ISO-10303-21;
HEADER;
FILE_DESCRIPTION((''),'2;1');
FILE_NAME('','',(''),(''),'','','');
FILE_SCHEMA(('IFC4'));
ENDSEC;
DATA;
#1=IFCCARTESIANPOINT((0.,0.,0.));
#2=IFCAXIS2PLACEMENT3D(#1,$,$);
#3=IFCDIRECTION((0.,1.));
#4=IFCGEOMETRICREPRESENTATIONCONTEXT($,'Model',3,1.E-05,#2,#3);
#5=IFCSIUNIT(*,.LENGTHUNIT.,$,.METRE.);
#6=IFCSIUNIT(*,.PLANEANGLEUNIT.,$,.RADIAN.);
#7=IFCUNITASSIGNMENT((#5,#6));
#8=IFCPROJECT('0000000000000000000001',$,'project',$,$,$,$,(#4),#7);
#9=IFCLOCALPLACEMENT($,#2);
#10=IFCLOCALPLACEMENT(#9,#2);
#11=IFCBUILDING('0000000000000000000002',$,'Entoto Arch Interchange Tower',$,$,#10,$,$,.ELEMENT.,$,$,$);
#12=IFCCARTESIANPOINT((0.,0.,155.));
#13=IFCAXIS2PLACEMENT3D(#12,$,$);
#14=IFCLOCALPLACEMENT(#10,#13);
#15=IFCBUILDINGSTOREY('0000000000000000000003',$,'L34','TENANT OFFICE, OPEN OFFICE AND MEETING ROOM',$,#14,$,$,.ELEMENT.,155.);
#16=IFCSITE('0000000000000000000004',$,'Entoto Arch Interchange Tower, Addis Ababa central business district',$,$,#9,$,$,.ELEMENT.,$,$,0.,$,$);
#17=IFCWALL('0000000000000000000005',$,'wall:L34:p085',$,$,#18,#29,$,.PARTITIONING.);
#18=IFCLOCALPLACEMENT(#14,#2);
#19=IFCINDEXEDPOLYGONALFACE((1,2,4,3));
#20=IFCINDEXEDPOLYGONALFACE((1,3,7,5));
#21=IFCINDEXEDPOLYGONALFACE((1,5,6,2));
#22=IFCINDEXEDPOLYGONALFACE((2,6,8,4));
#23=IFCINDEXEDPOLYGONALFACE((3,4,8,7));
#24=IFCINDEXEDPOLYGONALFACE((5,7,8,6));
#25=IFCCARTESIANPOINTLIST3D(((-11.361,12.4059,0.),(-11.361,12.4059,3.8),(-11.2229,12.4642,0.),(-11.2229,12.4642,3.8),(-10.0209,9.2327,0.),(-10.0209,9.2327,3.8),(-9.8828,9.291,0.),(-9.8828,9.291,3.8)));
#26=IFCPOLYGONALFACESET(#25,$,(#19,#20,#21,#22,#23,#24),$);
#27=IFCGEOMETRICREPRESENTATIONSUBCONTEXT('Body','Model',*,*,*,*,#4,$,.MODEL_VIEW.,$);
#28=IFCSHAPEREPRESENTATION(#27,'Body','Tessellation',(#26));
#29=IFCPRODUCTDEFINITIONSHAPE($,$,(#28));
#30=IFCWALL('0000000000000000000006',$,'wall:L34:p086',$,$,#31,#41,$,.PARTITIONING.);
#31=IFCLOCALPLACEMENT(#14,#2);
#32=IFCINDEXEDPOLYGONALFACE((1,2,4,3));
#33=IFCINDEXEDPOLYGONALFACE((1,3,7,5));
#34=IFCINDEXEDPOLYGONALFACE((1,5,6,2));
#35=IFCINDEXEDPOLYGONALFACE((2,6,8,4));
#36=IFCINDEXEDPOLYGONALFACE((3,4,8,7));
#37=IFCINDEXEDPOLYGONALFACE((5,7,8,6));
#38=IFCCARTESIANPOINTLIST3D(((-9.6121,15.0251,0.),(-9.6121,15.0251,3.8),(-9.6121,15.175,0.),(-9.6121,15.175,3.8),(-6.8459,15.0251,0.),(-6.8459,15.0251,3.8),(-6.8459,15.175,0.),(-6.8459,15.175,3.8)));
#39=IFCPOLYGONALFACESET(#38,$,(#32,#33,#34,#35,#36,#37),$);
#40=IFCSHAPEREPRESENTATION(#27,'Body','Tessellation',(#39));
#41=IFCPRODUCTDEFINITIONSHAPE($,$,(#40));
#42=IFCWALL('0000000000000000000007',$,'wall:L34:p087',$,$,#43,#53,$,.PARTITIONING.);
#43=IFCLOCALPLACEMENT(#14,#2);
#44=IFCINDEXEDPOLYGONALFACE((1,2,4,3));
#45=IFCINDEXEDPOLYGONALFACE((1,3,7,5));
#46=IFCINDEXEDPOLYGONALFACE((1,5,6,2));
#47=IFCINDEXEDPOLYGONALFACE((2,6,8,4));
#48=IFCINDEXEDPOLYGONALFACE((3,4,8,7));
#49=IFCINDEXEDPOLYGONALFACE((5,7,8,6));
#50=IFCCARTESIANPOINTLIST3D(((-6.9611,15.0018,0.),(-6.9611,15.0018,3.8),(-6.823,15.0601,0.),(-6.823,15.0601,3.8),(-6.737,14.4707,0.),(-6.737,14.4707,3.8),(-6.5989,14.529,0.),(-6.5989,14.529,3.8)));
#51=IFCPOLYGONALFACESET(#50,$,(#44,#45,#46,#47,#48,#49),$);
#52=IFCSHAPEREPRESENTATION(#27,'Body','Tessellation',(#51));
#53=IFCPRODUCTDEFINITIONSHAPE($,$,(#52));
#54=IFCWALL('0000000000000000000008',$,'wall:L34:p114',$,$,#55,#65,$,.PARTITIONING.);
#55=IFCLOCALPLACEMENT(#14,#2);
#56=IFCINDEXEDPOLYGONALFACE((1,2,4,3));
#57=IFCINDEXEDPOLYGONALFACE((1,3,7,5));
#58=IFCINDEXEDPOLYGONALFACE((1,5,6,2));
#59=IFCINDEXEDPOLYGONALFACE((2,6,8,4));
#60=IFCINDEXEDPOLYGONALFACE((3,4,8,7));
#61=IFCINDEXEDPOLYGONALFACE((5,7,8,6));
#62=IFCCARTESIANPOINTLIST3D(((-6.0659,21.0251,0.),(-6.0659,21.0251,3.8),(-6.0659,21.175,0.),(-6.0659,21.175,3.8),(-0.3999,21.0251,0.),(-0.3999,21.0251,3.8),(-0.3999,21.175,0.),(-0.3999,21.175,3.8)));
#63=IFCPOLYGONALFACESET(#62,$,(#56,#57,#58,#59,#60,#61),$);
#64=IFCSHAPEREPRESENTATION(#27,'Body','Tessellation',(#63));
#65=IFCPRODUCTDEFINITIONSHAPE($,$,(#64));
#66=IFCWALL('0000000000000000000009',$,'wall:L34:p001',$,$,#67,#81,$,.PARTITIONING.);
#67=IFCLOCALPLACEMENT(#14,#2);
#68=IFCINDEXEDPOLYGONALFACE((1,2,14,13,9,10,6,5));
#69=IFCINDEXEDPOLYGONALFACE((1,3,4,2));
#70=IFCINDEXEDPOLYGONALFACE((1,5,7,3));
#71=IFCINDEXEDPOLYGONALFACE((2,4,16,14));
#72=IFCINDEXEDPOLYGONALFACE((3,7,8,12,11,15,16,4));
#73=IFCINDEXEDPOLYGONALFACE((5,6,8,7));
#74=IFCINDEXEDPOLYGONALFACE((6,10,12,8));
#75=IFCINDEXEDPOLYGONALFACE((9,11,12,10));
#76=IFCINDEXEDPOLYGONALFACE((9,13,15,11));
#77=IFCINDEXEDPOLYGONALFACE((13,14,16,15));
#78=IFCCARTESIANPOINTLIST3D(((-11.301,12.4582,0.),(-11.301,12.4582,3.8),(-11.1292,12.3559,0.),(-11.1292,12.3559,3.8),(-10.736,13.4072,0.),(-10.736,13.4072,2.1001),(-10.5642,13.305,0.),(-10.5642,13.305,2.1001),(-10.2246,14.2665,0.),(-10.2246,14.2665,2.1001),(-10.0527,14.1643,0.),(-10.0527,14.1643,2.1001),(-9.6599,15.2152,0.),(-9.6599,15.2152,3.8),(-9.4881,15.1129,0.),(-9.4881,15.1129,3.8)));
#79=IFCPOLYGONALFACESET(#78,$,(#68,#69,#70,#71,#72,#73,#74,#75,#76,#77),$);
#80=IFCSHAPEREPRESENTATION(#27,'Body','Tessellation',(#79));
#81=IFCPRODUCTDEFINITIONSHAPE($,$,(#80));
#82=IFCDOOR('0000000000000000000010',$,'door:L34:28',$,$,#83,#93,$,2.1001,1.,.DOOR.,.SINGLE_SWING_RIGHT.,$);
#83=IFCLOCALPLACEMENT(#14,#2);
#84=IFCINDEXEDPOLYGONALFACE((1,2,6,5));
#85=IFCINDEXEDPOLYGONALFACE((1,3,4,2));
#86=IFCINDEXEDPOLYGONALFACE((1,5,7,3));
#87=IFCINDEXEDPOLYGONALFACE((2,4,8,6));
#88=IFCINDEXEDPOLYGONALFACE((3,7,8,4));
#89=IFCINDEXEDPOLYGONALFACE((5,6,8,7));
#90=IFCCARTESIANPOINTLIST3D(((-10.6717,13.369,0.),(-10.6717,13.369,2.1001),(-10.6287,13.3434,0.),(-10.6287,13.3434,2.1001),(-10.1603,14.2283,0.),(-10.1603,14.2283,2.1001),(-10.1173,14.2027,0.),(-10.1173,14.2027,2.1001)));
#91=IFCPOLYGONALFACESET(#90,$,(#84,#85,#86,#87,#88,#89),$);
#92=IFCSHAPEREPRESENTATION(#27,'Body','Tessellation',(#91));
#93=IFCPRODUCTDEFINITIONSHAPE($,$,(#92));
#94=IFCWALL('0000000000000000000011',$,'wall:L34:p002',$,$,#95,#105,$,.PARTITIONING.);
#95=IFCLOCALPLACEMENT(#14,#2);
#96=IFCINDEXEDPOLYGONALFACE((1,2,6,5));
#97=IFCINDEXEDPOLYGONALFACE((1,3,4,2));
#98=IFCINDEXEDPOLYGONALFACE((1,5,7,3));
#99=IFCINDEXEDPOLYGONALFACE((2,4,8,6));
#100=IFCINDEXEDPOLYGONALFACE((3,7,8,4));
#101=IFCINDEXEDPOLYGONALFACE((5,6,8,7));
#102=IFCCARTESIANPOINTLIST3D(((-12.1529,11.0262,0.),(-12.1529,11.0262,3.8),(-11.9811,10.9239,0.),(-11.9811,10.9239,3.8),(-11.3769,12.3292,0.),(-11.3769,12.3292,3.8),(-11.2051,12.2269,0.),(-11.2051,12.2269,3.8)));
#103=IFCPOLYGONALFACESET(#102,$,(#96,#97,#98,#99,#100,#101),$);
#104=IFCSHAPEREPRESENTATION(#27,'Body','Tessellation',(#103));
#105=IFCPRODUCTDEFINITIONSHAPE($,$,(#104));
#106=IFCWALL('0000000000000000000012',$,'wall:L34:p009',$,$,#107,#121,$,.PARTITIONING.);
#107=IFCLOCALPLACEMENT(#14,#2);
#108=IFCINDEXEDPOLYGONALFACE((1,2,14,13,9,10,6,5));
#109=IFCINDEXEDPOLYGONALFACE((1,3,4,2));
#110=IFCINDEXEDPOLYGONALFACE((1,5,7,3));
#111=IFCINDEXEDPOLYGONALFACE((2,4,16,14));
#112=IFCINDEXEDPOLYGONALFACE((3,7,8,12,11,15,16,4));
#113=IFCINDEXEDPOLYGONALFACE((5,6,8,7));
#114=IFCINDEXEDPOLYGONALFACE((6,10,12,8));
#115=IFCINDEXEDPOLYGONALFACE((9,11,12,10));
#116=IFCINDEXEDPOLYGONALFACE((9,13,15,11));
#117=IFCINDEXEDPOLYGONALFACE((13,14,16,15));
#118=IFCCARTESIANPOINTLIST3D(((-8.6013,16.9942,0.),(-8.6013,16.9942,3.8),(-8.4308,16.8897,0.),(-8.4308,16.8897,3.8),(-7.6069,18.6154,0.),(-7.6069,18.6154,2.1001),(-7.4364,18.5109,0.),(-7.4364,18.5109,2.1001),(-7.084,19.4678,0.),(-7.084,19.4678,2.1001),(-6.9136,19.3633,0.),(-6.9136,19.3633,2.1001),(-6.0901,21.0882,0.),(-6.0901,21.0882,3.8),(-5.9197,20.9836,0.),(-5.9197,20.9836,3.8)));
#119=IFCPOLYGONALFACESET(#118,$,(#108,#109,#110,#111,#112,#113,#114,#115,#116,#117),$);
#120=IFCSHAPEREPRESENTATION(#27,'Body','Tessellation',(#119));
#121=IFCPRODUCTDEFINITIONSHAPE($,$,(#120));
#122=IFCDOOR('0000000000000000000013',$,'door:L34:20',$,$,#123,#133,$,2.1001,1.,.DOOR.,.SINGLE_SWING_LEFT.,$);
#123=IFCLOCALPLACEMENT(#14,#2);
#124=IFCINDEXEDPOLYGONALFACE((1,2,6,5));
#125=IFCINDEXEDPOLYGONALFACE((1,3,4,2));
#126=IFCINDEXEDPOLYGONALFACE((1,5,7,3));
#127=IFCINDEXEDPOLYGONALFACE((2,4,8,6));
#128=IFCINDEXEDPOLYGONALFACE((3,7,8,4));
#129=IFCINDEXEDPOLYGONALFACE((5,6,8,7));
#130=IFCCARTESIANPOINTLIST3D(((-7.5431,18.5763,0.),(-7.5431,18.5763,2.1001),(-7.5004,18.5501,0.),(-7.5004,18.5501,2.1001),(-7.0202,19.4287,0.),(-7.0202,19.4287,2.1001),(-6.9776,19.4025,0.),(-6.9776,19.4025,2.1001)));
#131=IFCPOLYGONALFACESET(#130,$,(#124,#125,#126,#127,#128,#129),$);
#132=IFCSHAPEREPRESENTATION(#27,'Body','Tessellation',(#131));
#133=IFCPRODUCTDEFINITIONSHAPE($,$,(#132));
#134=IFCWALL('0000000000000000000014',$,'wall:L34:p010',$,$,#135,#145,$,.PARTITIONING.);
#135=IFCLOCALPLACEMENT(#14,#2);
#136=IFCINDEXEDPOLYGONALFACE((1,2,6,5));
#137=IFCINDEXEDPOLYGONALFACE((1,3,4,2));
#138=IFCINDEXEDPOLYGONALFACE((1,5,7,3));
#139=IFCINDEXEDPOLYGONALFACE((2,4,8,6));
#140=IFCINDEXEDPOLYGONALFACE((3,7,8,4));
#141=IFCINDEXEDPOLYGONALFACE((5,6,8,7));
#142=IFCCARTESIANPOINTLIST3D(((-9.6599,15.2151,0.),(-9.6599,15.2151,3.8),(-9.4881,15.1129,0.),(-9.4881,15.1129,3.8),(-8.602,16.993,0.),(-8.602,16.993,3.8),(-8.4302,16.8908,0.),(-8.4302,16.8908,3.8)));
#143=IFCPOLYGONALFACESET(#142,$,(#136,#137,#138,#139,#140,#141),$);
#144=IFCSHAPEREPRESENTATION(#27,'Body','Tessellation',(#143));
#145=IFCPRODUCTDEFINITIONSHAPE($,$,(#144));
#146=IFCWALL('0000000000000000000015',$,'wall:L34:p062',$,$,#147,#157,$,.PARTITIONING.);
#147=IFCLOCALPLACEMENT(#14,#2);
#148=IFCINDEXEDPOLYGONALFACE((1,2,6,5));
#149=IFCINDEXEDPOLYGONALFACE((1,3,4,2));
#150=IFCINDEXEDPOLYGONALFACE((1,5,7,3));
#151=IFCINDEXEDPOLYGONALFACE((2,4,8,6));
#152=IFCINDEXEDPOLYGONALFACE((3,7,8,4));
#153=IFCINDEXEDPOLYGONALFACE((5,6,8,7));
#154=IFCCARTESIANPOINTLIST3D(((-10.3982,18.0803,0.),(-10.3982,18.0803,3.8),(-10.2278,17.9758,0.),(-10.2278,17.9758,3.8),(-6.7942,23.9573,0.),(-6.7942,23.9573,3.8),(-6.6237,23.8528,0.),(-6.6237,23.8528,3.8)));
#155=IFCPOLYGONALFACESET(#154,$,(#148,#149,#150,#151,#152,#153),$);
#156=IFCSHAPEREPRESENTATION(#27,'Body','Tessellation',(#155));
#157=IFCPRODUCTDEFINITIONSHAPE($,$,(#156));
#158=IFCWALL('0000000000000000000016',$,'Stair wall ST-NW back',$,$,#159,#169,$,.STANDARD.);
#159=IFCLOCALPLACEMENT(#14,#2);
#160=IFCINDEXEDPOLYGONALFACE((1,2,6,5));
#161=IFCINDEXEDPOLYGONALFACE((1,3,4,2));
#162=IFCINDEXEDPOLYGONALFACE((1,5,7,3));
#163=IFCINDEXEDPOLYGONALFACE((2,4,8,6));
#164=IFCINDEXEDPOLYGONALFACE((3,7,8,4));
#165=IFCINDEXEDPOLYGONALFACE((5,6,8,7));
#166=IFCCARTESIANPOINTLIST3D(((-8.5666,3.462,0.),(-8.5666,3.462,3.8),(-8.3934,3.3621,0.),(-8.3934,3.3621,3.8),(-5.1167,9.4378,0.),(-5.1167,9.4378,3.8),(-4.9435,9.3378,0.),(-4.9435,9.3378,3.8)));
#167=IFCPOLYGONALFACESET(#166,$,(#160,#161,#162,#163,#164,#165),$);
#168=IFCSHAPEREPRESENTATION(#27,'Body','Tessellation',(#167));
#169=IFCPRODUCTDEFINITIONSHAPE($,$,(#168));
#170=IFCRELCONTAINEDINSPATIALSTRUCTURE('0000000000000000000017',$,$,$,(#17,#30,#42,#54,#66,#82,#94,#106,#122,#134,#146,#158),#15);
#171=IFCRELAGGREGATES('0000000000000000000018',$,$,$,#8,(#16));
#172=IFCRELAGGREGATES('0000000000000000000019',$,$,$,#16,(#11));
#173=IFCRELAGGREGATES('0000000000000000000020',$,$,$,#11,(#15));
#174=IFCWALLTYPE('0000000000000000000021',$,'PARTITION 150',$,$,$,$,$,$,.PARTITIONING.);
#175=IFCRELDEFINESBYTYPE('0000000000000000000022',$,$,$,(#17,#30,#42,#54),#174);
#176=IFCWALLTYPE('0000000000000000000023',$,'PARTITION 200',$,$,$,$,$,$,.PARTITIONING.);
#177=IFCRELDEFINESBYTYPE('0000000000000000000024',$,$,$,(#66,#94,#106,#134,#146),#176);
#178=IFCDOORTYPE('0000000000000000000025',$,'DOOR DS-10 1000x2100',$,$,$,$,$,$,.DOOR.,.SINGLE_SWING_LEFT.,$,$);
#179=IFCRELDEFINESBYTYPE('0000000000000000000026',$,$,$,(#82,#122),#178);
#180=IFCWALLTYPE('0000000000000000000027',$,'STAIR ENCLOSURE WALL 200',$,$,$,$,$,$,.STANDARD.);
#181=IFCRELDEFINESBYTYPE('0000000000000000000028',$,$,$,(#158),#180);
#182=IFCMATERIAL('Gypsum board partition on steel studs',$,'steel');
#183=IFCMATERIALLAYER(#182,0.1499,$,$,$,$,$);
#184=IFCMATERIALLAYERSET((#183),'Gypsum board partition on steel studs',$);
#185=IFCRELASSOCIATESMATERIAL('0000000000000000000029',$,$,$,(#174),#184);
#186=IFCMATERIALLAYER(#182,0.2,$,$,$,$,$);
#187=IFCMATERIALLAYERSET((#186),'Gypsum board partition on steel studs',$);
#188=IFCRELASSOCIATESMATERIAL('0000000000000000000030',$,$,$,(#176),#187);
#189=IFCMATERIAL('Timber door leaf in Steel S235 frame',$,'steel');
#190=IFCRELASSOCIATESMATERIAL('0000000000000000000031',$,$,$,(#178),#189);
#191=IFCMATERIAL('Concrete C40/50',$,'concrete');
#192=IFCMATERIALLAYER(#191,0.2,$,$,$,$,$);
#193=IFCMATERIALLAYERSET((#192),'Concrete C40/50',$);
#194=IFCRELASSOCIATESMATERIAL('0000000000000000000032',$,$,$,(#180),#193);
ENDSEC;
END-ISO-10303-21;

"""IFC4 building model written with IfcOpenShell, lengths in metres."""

from ifc_helpers import new_model, si_unit, direction, frame, frame_2d, origin, place, context, subcontext, project, spatial, rectangle, extrude, material, layer, layer_set, type_object, element, fill, save


model = new_model("IFC4")

# Units and contexts
model_context = context("Model", 3, precision=1e-05, world=origin(), true_north=direction((0.0, 1.0)))
body_context = subcontext(model_context, "Body", "Model", "MODEL_VIEW")
ifc_project = project(units=[si_unit("LENGTHUNIT", "METRE"), si_unit("PLANEANGLEUNIT", "RADIAN")], contexts=[model_context])

# Site, building, storey
site_placement = place(None, origin())
site = spatial("IfcSite", under=ifc_project, at=site_placement, Name="Entoto Arch Interchange Tower, Addis Ababa central business district", CompositionType="ELEMENT", RefElevation=0.0)
building_placement = place(site_placement, origin())
building = spatial("IfcBuilding", under=site, at=building_placement, Name="Entoto Arch Interchange Tower", CompositionType="ELEMENT")
storey_placement = place(building_placement, frame((0.0, 0.0, 155.0)))
storey = spatial("IfcBuildingStorey", under=building, at=storey_placement, Name="L34", Description="TENANT OFFICE, OPEN OFFICE AND MEETING ROOM", CompositionType="ELEMENT", Elevation=155.0)

# Walls
ifc_material_1 = material(Name="Gypsum board partition on steel studs", Category="steel")
ifc_layer_1 = layer(ifc_material_1, 0.1499)
ifc_layer_set_1 = layer_set([ifc_layer_1], Name="Gypsum board partition on steel studs")
wall_type_1 = type_object("IfcWallType", Name="PARTITION 150", PredefinedType="PARTITIONING", material=ifc_layer_set_1)
wall_1_placement = place(storey_placement, frame((-9.9519, 9.262, 0.0), z_axis=(0.0, 0.0, 1.0), x_axis=(-0.389055, 0.921215, 0.0)))
element("IfcWall", 1, at=wall_1_placement, inside=storey, type_object=wall_type_1, Name="wall:L34:p085", PredefinedType="PARTITIONING", context=body_context, shape_type="SweptSolid", body=[
    extrude(rectangle(XDim=3.4446, YDim=0.1499, at=frame_2d((1.7222, 0.0))), origin(), (0.0, 0.0, 1.0), 3.8),
])
wall_2_placement = place(storey_placement, frame((-6.8459, 15.1001, 0.0), z_axis=(0.0, 0.0, 1.0), x_axis=(-1.0, 0.0, 0.0)))
element("IfcWall", 2, at=wall_2_placement, inside=storey, type_object=wall_type_1, Name="wall:L34:p086", PredefinedType="PARTITIONING", context=body_context, shape_type="SweptSolid", body=[
    extrude(rectangle(XDim=2.7661, YDim=0.1499, at=frame_2d((1.3831, 0.0))), origin(), (0.0, 0.0, 1.0), 3.8),
])
wall_3_placement = place(storey_placement, frame((-6.668, 14.5, 0.0), z_axis=(0.0, 0.0, 1.0), x_axis=(-0.388852, 0.9213, 0.0)))
element("IfcWall", 3, at=wall_3_placement, inside=storey, type_object=wall_type_1, Name="wall:L34:p087", PredefinedType="PARTITIONING", context=body_context, shape_type="SweptSolid", body=[
    extrude(rectangle(XDim=0.5764, YDim=0.1499, at=frame_2d((0.2881, 0.0))), origin(), (0.0, 0.0, 1.0), 3.8),
])
wall_4_placement = place(storey_placement, frame((-6.0659, 21.1001, 0.0), z_axis=(0.0, 0.0, 1.0), x_axis=(1.0, 0.0, 0.0)))
element("IfcWall", 4, at=wall_4_placement, inside=storey, type_object=wall_type_1, Name="wall:L34:p114", PredefinedType="PARTITIONING", context=body_context, shape_type="SweptSolid", body=[
    extrude(rectangle(XDim=5.666, YDim=0.1499, at=frame_2d((2.833, 0.0))), origin(), (0.0, 0.0, 1.0), 3.8),
])

# Wall, opening, door
ifc_layer_2 = layer(ifc_material_1, 0.2)
ifc_layer_set_2 = layer_set([ifc_layer_2], Name="Gypsum board partition on steel studs")
wall_type_2 = type_object("IfcWallType", Name="PARTITION 200", PredefinedType="PARTITIONING", material=ifc_layer_set_2)
wall_5_placement = place(storey_placement, frame((-9.574, 15.1641, 0.0), z_axis=(0.0, 0.0, 1.0), x_axis=(-0.511483, -0.859294, 0.0)))
wall_5 = element("IfcWall", 5, at=wall_5_placement, inside=storey, type_object=wall_type_2, Name="wall:L34:p001", PredefinedType="PARTITIONING", context=body_context, shape_type="SweptSolid", body=[
    extrude(rectangle(XDim=3.2085, YDim=0.2, at=frame_2d((1.6042, 0.0))), origin(), (0.0, 0.0, 1.0), 3.8),
])
opening_1_placement = place(wall_5_placement, frame((1.104, 0.0, 0.0)))
opening_1 = element("IfcOpeningElement", 6, at=opening_1_placement, cuts=wall_5, PredefinedType="OPENING", context=body_context, shape_type="SweptSolid", body=[
    extrude(rectangle(XDim=1.0, YDim=2.1001, at=frame_2d((0.5, 1.05))), frame((0.0, 0.1099, 0.0), z_axis=(0.0, -1.0, 0.0), x_axis=(1.0, 0.0, 0.0)), (0.0, 0.0, 1.0), 0.22),
])
ifc_material_2 = material(Name="Timber door leaf in Steel S235 frame", Category="steel")
door_type = type_object("IfcDoorType", Name="DOOR DS-10 1000x2100", OperationType="SINGLE_SWING_LEFT", PredefinedType="DOOR", material=ifc_material_2)
door_1_placement = place(opening_1_placement, origin())
door_1 = element("IfcDoor", 7, at=door_1_placement, inside=storey, type_object=door_type, Name="door:L34:28", OperationType="SINGLE_SWING_RIGHT", OverallHeight=2.1001, OverallWidth=1.0, PredefinedType="DOOR", context=body_context, shape_type="SweptSolid", body=[
    extrude(rectangle(XDim=1.0, YDim=2.1001, at=frame_2d((0.5, 1.05))), frame((0.0, 0.0249, 0.0), z_axis=(0.0, -1.0, 0.0), x_axis=(1.0, 0.0, 0.0)), (0.0, 0.0, 1.0), 0.05),
])
fill(opening_1, door_1)

# Wall
wall_6_placement = place(storey_placement, frame((-11.291, 12.2781, 0.0), z_axis=(0.0, 0.0, 1.0), x_axis=(-0.511628, -0.859207, 0.0)))
element("IfcWall", 8, at=wall_6_placement, inside=storey, type_object=wall_type_2, Name="wall:L34:p002", PredefinedType="PARTITIONING", context=body_context, shape_type="SweptSolid", body=[
    extrude(rectangle(XDim=1.5166, YDim=0.2, at=frame_2d((0.7583, 0.0))), origin(), (0.0, 0.0, 1.0), 3.8),
])

# Wall, opening, door
wall_7_placement = place(storey_placement, frame((-6.0049, 21.0359, 0.0), z_axis=(0.0, 0.0, 1.0), x_axis=(-0.522866, -0.852415, 0.0)))
wall_7 = element("IfcWall", 9, at=wall_7_placement, inside=storey, type_object=wall_type_2, Name="wall:L34:p009", PredefinedType="PARTITIONING", context=body_context, shape_type="SweptSolid", body=[
    extrude(rectangle(XDim=4.8027, YDim=0.2, at=frame_2d((2.4014, 0.0))), origin(), (0.0, 0.0, 1.0), 3.8),
])
opening_2_placement = place(wall_7_placement, frame((1.9009, 0.0, 0.0)))
opening_2 = element("IfcOpeningElement", 10, at=opening_2_placement, cuts=wall_7, PredefinedType="OPENING", context=body_context, shape_type="SweptSolid", body=[
    extrude(rectangle(XDim=1.0, YDim=2.1001, at=frame_2d((0.5, 1.05))), frame((0.0, 0.1099, 0.0), z_axis=(0.0, -1.0, 0.0), x_axis=(1.0, 0.0, 0.0)), (0.0, 0.0, 1.0), 0.22),
])
door_2_placement = place(opening_2_placement, origin())
door_2 = element("IfcDoor", 11, at=door_2_placement, inside=storey, type_object=door_type, Name="door:L34:20", OperationType="SINGLE_SWING_LEFT", OverallHeight=2.1001, OverallWidth=1.0, PredefinedType="DOOR", context=body_context, shape_type="SweptSolid", body=[
    extrude(rectangle(XDim=1.0, YDim=2.1001, at=frame_2d((0.5, 1.05))), frame((0.0, 0.0249, 0.0), z_axis=(0.0, -1.0, 0.0), x_axis=(1.0, 0.0, 0.0)), (0.0, 0.0, 1.0), 0.05),
])
fill(opening_2, door_2)

# Walls
wall_8_placement = place(storey_placement, frame((-8.5161, 16.9419, 0.0), z_axis=(0.0, 0.0, 1.0), x_axis=(-0.511351, -0.859372, 0.0)))
element("IfcWall", 12, at=wall_8_placement, inside=storey, type_object=wall_type_2, Name="wall:L34:p010", PredefinedType="PARTITIONING", context=body_context, shape_type="SweptSolid", body=[
    extrude(rectangle(XDim=2.0688, YDim=0.2, at=frame_2d((1.0344, 0.0))), origin(), (0.0, 0.0, 1.0), 3.8),
])
wall_9_placement = place(storey_placement, frame((-10.313, 18.0281, 0.0), z_axis=(0.0, 0.0, 1.0), x_axis=(0.522773, 0.852472, 0.0)))
element("IfcWall", 13, at=wall_9_placement, inside=storey, type_object=wall_type_2, Name="wall:L34:p062", PredefinedType="PARTITIONING", context=body_context, shape_type="SweptSolid", body=[
    extrude(rectangle(XDim=6.894, YDim=0.2, at=frame_2d((3.447, 0.0))), origin(), (0.0, 0.0, 1.0), 3.8),
])
ifc_material_3 = material(Name="Concrete C40/50", Category="concrete")
ifc_layer_3 = layer(ifc_material_3, 0.2)
ifc_layer_set_3 = layer_set([ifc_layer_3], Name="Concrete C40/50")
wall_type_3 = type_object("IfcWallType", Name="STAIR ENCLOSURE WALL 200", PredefinedType="STANDARD", material=ifc_layer_set_3)
wall_10_placement = place(storey_placement, frame((-5.03, 9.3879, 0.0), z_axis=(0.0, 0.0, 1.0), x_axis=(-0.499979, -0.866038, 0.0)))
element("IfcWall", 14, at=wall_10_placement, inside=storey, type_object=wall_type_3, Name="Stair wall ST-NW back", PredefinedType="STANDARD", context=body_context, shape_type="SweptSolid", body=[
    extrude(rectangle(XDim=6.9001, YDim=0.2, at=frame_2d((3.4502, 0.0))), origin(), (0.0, 0.0, 1.0), 3.8),
])

save(model, "model.ifc")
